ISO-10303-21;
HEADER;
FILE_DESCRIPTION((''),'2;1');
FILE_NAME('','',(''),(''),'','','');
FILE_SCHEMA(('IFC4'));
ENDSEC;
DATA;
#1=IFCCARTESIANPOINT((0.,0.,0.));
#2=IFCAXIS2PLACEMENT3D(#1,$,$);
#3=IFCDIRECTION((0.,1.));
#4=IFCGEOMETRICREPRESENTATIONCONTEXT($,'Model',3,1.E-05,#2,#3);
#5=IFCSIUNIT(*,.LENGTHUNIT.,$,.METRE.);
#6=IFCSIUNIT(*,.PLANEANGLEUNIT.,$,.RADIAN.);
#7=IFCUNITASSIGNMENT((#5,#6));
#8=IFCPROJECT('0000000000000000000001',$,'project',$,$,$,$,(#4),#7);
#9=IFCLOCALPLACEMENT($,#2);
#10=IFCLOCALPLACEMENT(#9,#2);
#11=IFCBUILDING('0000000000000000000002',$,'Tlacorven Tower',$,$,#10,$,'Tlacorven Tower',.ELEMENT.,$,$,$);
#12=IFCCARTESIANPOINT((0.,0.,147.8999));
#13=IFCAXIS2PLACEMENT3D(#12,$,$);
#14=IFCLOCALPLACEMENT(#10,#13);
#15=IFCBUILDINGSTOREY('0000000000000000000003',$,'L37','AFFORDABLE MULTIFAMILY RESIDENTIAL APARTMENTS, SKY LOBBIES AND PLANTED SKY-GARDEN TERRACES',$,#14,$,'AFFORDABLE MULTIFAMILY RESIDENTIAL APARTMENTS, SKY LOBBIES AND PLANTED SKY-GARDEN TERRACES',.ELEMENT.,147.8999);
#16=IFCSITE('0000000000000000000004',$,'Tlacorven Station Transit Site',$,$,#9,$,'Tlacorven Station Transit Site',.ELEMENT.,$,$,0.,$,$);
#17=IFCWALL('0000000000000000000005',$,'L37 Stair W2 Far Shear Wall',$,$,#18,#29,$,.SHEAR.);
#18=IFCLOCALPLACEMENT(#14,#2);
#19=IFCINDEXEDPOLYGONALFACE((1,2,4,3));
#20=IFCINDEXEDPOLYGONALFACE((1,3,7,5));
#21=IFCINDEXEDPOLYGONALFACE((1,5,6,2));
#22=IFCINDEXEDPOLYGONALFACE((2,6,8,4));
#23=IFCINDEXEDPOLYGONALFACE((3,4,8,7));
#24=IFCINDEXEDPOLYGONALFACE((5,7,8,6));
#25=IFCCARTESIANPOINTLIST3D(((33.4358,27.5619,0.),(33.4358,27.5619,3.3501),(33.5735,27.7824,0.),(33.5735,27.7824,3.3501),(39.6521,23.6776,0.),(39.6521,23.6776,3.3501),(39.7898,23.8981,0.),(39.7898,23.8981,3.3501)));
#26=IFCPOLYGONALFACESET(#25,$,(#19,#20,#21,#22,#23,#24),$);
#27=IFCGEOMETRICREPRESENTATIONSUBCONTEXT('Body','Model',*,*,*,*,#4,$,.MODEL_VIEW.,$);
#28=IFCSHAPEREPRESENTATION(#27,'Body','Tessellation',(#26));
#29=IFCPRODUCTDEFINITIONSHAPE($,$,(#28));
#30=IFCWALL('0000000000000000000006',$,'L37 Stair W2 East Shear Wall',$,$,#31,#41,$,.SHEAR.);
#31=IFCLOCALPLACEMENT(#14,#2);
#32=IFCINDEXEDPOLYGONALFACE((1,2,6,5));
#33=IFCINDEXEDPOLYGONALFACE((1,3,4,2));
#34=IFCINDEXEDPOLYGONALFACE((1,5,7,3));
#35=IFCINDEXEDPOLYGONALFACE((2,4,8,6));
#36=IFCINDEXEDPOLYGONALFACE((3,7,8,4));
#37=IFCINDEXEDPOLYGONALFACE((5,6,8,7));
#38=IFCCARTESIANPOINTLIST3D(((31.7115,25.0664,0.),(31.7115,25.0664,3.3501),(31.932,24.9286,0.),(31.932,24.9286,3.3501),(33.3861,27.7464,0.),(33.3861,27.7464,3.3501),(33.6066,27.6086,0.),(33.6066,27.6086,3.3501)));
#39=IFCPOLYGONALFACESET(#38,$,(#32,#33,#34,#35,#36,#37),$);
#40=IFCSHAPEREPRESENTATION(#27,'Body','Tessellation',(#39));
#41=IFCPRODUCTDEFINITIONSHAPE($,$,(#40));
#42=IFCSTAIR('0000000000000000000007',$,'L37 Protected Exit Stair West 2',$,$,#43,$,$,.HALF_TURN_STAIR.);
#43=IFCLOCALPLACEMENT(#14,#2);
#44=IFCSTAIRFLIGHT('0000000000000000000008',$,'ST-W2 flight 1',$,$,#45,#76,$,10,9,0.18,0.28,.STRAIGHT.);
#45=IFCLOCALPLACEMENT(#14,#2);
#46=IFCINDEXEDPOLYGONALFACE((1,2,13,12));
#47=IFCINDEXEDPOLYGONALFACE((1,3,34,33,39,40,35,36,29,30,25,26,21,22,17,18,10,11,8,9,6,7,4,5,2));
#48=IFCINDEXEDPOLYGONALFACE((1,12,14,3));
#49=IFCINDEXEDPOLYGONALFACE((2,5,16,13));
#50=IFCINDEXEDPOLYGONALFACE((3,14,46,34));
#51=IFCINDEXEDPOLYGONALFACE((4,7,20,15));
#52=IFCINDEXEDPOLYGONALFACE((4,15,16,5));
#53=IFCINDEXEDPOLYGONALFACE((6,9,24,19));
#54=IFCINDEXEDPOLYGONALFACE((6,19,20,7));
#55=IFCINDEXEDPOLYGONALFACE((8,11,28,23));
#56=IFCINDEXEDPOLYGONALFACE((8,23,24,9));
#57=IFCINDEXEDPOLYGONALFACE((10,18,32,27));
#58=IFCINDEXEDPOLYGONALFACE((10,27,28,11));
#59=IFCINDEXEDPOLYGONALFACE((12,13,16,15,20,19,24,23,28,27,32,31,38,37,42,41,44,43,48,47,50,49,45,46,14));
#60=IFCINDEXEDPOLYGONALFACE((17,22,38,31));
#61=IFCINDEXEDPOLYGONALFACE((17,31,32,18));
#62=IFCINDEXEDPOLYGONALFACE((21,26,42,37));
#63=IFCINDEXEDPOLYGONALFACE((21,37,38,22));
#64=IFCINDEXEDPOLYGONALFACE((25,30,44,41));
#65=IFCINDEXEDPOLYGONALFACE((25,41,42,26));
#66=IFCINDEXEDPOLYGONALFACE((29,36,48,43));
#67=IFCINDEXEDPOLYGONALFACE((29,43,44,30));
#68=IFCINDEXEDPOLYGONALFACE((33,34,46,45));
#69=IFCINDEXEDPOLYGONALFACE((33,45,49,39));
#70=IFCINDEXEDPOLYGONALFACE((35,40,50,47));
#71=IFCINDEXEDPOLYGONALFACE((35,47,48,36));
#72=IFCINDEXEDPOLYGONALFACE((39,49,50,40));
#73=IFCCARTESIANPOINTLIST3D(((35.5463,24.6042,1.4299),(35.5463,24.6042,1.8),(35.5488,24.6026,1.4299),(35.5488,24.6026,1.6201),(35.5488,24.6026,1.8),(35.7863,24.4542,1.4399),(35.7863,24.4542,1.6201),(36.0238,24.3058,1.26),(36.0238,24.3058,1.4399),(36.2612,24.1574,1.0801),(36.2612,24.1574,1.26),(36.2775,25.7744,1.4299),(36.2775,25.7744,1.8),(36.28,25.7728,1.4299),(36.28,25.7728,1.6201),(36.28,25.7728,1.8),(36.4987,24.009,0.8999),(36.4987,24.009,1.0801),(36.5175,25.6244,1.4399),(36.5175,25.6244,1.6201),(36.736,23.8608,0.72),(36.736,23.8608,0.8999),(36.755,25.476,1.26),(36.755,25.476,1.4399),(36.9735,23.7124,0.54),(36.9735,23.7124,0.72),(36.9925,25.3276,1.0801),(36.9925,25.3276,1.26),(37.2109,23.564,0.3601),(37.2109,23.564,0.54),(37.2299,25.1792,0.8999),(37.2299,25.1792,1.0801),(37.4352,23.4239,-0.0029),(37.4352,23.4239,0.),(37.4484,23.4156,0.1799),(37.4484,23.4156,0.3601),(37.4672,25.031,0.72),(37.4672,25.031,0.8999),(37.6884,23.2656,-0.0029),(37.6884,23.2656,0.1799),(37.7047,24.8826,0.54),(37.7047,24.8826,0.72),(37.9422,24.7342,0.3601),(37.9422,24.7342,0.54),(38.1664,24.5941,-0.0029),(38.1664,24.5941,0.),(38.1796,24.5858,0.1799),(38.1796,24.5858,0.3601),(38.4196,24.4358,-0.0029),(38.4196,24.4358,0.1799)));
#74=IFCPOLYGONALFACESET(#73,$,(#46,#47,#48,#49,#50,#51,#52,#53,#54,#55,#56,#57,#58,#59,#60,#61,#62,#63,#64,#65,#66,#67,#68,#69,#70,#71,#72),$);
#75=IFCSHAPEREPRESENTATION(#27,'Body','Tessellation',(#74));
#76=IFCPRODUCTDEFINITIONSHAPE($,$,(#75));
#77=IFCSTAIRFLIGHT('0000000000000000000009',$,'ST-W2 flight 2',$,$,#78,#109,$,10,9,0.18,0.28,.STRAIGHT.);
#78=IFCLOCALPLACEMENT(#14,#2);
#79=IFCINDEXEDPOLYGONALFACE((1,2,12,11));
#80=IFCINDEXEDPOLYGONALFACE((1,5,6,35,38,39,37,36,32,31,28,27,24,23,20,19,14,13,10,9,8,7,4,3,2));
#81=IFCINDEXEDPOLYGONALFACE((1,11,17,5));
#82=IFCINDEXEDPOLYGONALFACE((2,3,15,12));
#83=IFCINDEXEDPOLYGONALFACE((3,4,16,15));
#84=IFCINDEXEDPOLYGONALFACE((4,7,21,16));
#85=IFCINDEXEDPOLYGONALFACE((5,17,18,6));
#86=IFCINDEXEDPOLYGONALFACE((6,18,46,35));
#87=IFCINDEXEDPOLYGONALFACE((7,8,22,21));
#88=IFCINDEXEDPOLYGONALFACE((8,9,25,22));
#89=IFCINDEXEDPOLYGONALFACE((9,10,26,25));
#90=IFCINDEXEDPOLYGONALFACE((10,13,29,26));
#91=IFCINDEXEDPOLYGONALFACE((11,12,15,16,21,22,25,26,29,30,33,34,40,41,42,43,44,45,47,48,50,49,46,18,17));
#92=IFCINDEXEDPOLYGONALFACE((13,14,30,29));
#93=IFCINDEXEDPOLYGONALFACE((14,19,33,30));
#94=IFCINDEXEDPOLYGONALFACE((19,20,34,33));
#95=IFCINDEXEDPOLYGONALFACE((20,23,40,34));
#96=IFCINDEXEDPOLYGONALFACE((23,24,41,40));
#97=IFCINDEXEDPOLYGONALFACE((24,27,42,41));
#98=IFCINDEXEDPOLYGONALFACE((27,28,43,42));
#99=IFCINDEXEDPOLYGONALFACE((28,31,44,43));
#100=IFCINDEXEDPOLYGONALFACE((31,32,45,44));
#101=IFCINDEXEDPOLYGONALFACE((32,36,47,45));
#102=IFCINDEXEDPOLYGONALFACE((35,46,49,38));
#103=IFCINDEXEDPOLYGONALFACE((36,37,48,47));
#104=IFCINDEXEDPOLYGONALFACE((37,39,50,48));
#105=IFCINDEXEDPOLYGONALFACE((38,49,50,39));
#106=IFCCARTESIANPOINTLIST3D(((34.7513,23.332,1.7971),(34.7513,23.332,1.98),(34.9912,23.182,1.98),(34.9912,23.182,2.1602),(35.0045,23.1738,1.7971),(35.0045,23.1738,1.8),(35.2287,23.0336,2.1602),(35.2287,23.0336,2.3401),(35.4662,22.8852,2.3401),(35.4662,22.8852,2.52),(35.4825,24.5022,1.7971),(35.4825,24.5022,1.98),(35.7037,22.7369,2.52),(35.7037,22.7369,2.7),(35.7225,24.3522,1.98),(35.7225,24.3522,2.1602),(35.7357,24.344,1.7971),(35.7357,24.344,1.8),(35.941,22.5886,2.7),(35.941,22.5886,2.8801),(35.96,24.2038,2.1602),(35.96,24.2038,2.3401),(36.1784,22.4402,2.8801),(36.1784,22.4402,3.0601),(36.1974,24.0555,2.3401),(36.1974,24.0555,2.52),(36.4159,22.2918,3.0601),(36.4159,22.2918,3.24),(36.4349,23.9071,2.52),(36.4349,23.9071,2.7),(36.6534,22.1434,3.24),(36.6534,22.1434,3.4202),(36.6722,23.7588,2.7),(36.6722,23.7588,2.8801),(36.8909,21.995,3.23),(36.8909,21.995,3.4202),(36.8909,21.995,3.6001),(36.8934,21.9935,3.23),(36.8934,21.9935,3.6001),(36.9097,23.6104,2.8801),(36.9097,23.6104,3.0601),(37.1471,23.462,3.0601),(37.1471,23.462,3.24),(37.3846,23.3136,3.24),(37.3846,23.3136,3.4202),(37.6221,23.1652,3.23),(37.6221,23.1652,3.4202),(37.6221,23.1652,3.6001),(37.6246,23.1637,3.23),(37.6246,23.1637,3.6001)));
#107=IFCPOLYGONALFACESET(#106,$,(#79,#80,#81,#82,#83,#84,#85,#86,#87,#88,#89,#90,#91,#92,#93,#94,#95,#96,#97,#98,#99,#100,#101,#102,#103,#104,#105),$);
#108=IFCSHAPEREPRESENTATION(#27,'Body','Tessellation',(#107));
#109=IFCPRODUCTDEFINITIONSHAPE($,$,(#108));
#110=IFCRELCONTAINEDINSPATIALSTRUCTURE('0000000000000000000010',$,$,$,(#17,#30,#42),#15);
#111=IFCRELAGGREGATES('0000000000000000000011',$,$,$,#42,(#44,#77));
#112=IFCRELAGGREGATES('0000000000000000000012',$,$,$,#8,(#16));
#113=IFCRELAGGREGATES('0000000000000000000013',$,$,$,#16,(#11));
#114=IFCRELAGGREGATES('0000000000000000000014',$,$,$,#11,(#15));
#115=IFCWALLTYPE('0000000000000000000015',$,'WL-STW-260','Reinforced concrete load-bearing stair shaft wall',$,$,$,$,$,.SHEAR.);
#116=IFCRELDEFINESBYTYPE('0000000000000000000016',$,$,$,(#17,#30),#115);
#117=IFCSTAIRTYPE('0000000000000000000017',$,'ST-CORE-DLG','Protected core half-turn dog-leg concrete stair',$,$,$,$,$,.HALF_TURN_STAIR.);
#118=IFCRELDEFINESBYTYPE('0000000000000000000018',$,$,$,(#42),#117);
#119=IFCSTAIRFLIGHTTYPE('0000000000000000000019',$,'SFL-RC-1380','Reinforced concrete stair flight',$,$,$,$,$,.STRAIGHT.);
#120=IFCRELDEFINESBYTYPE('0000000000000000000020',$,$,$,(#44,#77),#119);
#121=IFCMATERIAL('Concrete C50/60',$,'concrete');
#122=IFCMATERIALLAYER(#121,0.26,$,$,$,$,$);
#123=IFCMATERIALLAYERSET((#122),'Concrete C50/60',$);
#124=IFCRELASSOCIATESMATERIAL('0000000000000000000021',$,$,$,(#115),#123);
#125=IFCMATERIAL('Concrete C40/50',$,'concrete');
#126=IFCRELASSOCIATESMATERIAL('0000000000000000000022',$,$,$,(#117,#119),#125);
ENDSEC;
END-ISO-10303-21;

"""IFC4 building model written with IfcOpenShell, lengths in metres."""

from ifc_helpers import new_model, si_unit, direction, frame, frame_2d, origin, place, context, subcontext, project, spatial, polyline, rectangle, outline, extrude, source, transform, mapped, material, layer, layer_set, type_object, element, aggregate, save


model = new_model("IFC4")

# Units and contexts
model_context = context("Model", 3, precision=1e-05, world=origin(), true_north=direction((0.0, 1.0)))
body_context = subcontext(model_context, "Body", "Model", "MODEL_VIEW")
ifc_project = project(units=[si_unit("LENGTHUNIT", "METRE"), si_unit("PLANEANGLEUNIT", "RADIAN")], contexts=[model_context])

# Site, building, storey
site_placement = place(None, origin())
site = spatial("IfcSite", under=ifc_project, at=site_placement, Name="Tlacorven Station Transit Site", LongName="Tlacorven Station Transit Site", CompositionType="ELEMENT", RefElevation=0.0)
building_placement = place(site_placement, origin())
building = spatial("IfcBuilding", under=site, at=building_placement, Name="Tlacorven Tower", LongName="Tlacorven Tower", CompositionType="ELEMENT")
storey_placement = place(building_placement, frame((0.0, 0.0, 147.8999)))
storey = spatial("IfcBuildingStorey", under=building, at=storey_placement, Name="L37", Description="AFFORDABLE MULTIFAMILY RESIDENTIAL APARTMENTS, SKY LOBBIES AND PLANTED SKY-GARDEN TERRACES", LongName="AFFORDABLE MULTIFAMILY RESIDENTIAL APARTMENTS, SKY LOBBIES AND PLANTED SKY-GARDEN TERRACES", CompositionType="ELEMENT", Elevation=147.8999)

# Walls
ifc_material_1 = material(Name="Concrete C40/50", Category="concrete")
ifc_material_2 = material(Name="Concrete C50/60", Category="concrete")
ifc_layer_1 = layer(ifc_material_2, 0.26)
ifc_layer_set_1 = layer_set([ifc_layer_1], Name="Concrete C50/60")
wall_type_1 = type_object("IfcWallType", Name="WL-STW-260", Description="Reinforced concrete load-bearing stair shaft wall", PredefinedType="SHEAR", material=ifc_layer_set_1)
wall_1_placement = place(storey_placement, frame((39.7209, 23.7878, 0.0), z_axis=(0.0, 0.0, 1.0), x_axis=(-0.848054, 0.529909, 0.0)))
element("IfcWall", 1, at=wall_1_placement, inside=storey, type_object=wall_type_1, Name="L37 Stair W2 Far Shear Wall", PredefinedType="SHEAR", context=body_context, shape_type="SweptSolid", body=[
    extrude(rectangle(XDim=7.3301, YDim=0.26, at=frame_2d((3.665, 0.0))), origin(), (0.0, 0.0, 1.0), 3.3501),
])
wall_2_placement = place(storey_placement, frame((33.4963, 27.6775, 0.0), z_axis=(0.0, 0.0, 1.0), x_axis=(-0.529909, -0.848055, 0.0)))
element("IfcWall", 2, at=wall_2_placement, inside=storey, type_object=wall_type_1, Name="L37 Stair W2 East Shear Wall", PredefinedType="SHEAR", context=body_context, shape_type="SweptSolid", body=[
    extrude(rectangle(XDim=3.1602, YDim=0.26, at=frame_2d((1.5801, 0.0))), origin(), (0.0, 0.0, 1.0), 3.3501),
])

# Stair, stair flights
stair_type = type_object("IfcStairType", Name="ST-CORE-DLG", Description="Protected core half-turn dog-leg concrete stair", PredefinedType="HALF_TURN_STAIR", material=ifc_material_1)
stair_placement = place(storey_placement, origin())
stair = element("IfcStair", 3, at=stair_placement, inside=storey, type_object=stair_type, Name="L37 Protected Exit Stair West 2", PredefinedType="HALF_TURN_STAIR")
stair_flight_type = type_object("IfcStairFlightType", Name="SFL-RC-1380", Description="Reinforced concrete stair flight", PredefinedType="STRAIGHT", material=ifc_material_1)
shared_shape_1 = source(origin(), body_context, "Body", "SweptSolid", [
    extrude(outline(polyline([(-0.0029, -0.0029), (-0.0029, 0.1799), (0.28, 0.1799), (0.28, 0.3601), (0.5601, 0.3601), (0.5601, 0.54), (0.8401, 0.54), (0.8401, 0.72), (1.1201, 0.72), (1.1201, 0.8999), (1.3999, 0.8999), (1.3999, 1.0801), (1.6799, 1.0801), (1.6799, 1.26), (1.96, 1.26), (1.96, 1.4399), (2.24, 1.4399), (2.24, 1.6201), (2.52, 1.6201), (2.52, 1.8), (2.5229, 1.8), (2.5229, 1.4299), (2.52, 1.4299), (0.2957, 0.0), (0.2957, -0.0029), (-0.0029, -0.0029)])), frame((0.0, 0.6899, 0.0), z_axis=(0.0, -1.0, 0.0), x_axis=(1.0, 0.0, 0.0)), (0.0, 0.0, 1.0), 1.3799),
])
stair_flight_1_placement = place(storey_placement, frame((38.0515, 23.8523, 0.0), z_axis=(0.0, 0.0, 1.0), x_axis=(-0.848048, 0.529919, 0.0)))
stair_flight_1 = element("IfcStairFlight", 4, at=stair_flight_1_placement, type_object=stair_flight_type, Name="ST-W2 flight 1", NumberOfRisers=10, NumberOfTreads=9, PredefinedType="STRAIGHT", RiserHeight=0.18, TreadLength=0.28, context=body_context, shape_type="MappedRepresentation", body=[
    mapped(shared_shape_1, transform((0.0, 0.0, 0.0), scale=1.0)),
])
stair_flight_2_placement = place(storey_placement, frame((35.1194, 23.9155, 1.8), z_axis=(0.0, 0.0, 1.0), x_axis=(0.848048, -0.529919, 0.0)))
stair_flight_2 = element("IfcStairFlight", 5, at=stair_flight_2_placement, type_object=stair_flight_type, Name="ST-W2 flight 2", NumberOfRisers=10, NumberOfTreads=9, PredefinedType="STRAIGHT", RiserHeight=0.18, TreadLength=0.28, context=body_context, shape_type="MappedRepresentation", body=[
    mapped(shared_shape_1, transform((0.0, 0.0, 0.0), scale=1.0)),
])
aggregate(stair, [stair_flight_1, stair_flight_2])

save(model, "model.ifc")
